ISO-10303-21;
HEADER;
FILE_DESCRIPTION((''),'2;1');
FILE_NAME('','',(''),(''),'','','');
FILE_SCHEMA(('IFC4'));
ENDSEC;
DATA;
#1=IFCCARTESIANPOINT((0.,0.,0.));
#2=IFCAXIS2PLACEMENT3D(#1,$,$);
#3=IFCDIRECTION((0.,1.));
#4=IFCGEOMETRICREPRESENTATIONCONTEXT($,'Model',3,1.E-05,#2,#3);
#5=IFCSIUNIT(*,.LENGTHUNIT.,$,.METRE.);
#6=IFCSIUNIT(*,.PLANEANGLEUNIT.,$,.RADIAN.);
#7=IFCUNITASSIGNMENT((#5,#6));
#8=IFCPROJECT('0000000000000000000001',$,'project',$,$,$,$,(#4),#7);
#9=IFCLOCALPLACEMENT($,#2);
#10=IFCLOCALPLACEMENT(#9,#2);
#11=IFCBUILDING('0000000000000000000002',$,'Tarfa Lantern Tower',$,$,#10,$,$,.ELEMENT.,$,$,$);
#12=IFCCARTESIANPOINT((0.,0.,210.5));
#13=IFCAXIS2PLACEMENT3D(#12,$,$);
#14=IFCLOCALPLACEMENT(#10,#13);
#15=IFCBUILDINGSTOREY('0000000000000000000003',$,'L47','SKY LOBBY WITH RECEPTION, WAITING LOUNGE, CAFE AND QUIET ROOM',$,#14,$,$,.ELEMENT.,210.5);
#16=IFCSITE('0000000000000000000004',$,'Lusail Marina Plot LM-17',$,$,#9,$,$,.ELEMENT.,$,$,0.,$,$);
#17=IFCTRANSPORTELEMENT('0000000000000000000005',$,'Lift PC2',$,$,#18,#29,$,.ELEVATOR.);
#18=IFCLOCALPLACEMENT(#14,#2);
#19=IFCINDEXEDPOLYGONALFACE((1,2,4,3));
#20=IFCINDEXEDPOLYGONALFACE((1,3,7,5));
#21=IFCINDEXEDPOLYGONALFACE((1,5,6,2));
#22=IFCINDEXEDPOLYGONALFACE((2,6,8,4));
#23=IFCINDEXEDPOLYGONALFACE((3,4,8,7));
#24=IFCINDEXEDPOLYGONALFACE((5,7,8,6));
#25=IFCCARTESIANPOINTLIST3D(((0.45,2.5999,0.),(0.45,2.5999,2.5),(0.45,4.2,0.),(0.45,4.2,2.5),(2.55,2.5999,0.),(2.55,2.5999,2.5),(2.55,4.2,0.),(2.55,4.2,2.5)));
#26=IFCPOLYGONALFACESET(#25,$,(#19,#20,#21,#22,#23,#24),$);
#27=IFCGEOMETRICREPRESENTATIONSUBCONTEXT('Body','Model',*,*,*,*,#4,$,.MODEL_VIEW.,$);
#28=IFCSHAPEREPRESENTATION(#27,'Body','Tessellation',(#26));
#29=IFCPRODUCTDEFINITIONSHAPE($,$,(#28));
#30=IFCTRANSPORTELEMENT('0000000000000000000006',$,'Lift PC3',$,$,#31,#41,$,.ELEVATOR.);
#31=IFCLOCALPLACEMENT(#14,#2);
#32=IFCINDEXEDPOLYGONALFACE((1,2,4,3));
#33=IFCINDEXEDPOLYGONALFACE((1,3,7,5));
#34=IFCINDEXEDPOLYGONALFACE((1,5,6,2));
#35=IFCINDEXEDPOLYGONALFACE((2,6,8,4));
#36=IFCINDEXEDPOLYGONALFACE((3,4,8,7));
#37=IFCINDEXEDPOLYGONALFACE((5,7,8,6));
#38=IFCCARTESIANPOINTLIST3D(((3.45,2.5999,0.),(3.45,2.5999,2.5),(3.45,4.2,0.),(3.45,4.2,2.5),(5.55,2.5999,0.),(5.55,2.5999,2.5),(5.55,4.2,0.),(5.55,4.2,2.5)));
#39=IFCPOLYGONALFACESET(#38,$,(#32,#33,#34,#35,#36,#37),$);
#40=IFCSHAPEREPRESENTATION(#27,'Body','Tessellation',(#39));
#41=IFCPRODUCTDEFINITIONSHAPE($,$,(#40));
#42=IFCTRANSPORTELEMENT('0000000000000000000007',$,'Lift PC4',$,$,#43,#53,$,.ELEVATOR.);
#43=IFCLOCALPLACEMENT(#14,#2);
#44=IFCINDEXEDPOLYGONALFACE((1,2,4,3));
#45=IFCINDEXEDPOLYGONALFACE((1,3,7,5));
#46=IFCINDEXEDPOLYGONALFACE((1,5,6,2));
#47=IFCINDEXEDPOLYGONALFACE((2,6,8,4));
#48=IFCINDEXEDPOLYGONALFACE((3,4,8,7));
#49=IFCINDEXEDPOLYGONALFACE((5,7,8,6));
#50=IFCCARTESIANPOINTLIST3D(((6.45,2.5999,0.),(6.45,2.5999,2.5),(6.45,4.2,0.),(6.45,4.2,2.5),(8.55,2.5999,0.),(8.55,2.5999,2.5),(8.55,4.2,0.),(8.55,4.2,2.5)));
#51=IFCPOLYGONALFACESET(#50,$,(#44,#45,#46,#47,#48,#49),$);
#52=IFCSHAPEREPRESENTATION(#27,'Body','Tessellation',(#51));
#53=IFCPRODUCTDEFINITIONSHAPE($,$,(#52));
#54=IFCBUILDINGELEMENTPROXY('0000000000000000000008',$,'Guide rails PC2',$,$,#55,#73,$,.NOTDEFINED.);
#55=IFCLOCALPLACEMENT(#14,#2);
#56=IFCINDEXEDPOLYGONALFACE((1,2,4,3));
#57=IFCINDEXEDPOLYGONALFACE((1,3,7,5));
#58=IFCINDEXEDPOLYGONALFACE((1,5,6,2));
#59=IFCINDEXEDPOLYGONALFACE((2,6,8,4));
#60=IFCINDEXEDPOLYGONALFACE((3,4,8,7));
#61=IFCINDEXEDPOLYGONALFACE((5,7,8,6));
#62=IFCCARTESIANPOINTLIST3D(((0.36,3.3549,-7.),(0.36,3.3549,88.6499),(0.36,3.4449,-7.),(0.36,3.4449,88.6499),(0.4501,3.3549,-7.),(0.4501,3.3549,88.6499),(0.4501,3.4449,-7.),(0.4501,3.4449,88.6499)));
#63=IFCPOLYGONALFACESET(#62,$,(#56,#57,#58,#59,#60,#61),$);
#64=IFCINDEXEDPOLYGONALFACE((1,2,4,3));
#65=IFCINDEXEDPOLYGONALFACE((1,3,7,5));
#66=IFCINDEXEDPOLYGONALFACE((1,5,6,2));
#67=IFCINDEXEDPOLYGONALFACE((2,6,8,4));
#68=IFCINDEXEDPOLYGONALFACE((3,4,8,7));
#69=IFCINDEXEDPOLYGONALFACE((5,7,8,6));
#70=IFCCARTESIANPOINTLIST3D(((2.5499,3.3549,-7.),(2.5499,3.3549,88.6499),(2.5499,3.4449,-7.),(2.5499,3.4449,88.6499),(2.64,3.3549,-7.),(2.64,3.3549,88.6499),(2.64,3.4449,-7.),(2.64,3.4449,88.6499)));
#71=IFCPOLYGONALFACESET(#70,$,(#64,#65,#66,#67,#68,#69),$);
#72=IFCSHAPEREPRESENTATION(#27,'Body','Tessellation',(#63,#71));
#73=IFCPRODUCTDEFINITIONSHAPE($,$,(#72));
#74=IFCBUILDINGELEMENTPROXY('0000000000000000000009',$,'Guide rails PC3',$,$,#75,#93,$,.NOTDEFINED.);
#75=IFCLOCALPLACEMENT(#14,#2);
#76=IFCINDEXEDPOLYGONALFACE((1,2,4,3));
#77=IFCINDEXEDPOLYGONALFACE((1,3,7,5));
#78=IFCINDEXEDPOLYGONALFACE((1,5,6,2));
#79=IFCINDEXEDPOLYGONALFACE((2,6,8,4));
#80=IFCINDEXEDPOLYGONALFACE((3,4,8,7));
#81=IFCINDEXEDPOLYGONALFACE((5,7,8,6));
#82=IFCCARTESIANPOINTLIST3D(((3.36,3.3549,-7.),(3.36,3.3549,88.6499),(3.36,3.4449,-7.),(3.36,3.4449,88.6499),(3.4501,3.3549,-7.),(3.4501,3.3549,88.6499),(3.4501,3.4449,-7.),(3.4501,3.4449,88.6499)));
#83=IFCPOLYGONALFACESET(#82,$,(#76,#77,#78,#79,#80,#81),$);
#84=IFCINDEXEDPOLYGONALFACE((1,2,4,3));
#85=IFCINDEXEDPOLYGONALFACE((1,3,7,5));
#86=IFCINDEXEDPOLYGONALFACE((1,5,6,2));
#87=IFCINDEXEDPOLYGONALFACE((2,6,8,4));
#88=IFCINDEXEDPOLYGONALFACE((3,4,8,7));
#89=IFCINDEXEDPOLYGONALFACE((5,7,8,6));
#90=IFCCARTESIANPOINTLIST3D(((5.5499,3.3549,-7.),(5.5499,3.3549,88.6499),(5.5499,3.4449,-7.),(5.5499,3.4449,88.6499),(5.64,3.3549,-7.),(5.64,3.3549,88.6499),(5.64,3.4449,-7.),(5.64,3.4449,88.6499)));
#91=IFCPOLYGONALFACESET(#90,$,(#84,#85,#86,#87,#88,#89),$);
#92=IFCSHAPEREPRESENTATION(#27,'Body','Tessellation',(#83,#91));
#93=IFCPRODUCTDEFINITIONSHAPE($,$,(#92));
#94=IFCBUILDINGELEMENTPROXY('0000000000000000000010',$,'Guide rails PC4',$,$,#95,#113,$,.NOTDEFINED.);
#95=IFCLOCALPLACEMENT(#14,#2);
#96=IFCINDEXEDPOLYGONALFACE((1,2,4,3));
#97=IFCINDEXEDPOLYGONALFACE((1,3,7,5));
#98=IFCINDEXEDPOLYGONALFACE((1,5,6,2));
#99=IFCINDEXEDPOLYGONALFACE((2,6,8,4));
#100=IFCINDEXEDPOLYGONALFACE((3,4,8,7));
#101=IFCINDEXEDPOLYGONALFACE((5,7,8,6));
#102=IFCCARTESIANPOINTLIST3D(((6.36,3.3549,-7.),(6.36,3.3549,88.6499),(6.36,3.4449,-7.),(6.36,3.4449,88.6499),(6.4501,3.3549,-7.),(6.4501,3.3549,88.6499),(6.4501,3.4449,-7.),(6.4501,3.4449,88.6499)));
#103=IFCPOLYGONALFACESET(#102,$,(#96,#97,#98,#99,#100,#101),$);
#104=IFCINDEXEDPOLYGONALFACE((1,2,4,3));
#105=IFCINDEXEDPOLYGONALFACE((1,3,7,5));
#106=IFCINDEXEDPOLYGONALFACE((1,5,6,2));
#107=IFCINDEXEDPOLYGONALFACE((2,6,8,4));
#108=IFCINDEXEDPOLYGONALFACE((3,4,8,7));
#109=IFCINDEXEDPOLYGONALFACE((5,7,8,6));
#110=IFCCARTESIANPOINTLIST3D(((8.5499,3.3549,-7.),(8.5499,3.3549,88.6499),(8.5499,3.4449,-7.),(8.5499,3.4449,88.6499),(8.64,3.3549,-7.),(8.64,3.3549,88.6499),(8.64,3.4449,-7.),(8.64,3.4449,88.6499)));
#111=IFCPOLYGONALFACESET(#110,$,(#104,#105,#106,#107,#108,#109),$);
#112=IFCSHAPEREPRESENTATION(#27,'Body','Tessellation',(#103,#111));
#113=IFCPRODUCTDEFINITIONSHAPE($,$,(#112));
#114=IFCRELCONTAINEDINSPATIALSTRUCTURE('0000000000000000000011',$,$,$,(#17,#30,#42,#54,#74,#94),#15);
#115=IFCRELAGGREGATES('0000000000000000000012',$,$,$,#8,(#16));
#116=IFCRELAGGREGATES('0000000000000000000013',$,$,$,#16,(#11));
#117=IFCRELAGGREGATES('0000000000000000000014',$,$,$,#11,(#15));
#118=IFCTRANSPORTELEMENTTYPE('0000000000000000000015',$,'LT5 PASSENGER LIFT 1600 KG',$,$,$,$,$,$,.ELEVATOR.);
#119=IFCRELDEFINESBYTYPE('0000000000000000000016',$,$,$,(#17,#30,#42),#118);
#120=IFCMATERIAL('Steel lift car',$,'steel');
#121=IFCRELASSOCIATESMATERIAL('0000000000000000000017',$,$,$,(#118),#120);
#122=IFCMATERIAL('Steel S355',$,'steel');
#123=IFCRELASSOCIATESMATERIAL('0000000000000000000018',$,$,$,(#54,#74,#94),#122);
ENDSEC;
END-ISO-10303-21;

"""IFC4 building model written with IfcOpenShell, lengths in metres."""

from ifc_helpers import new_model, si_unit, direction, frame, frame_2d, origin, origin_2d, place, context, subcontext, project, spatial, rectangle, extrude, material, type_object, element, save


model = new_model("IFC4")

# Units and contexts
model_context = context("Model", 3, precision=1e-05, world=origin(), true_north=direction((0.0, 1.0)))
body_context = subcontext(model_context, "Body", "Model", "MODEL_VIEW")
ifc_project = project(units=[si_unit("LENGTHUNIT", "METRE"), si_unit("PLANEANGLEUNIT", "RADIAN")], contexts=[model_context])

# Site, building, storey
site_placement = place(None, origin())
site = spatial("IfcSite", under=ifc_project, at=site_placement, Name="Lusail Marina Plot LM-17", CompositionType="ELEMENT", RefElevation=0.0)
building_placement = place(site_placement, origin())
building = spatial("IfcBuilding", under=site, at=building_placement, Name="Tarfa Lantern Tower", CompositionType="ELEMENT")
storey_placement = place(building_placement, frame((0.0, 0.0, 210.5)))
storey = spatial("IfcBuildingStorey", under=building, at=storey_placement, Name="L47", Description="SKY LOBBY WITH RECEPTION, WAITING LOUNGE, CAFE AND QUIET ROOM", CompositionType="ELEMENT", Elevation=210.5)

# Transport elements
ifc_material_1 = material(Name="Steel lift car", Category="steel")
transport_element_type = type_object("IfcTransportElementType", Name="LT5 PASSENGER LIFT 1600 KG", PredefinedType="ELEVATOR", material=ifc_material_1)
for number, where, z_axis, x_axis, name in (
    (1, (1.5, 3.3999, 0.0), (0.0, 0.0, 1.0), (1.0, 0.0, 0.0), "Lift PC2"),
    (2, (4.5, 3.3999, 0.0), (0.0, 0.0, 1.0), (1.0, 0.0, 0.0), "Lift PC3"),
    (3, (7.5, 3.3999, 0.0), (0.0, 0.0, 1.0), (1.0, 0.0, 0.0), "Lift PC4"),
):
    element("IfcTransportElement", number, at=place(storey_placement, frame(where, z_axis=z_axis, x_axis=x_axis)), inside=storey, type_object=transport_element_type, Name=name, PredefinedType="ELEVATOR", context=body_context, shape_type="SweptSolid", body=[
        extrude(rectangle(XDim=2.1001, YDim=1.6001, at=origin_2d()), origin(), (0.0, 0.0, 1.0), 2.5),
    ])

# Building element proxies
ifc_material_2 = material(Name="Steel S355", Category="steel")
for number, where, z_axis, x_axis, name in (
    (4, (0.405, 3.3999, -7.0), (0.0, 0.0, 1.0), (1.0, 0.0, 0.0), "Guide rails PC2"),
    (5, (3.405, 3.3999, -7.0), (0.0, 0.0, 1.0), (1.0, 0.0, 0.0), "Guide rails PC3"),
    (6, (6.405, 3.3999, -7.0), (0.0, 0.0, 1.0), (1.0, 0.0, 0.0), "Guide rails PC4"),
):
    element("IfcBuildingElementProxy", number, at=place(storey_placement, frame(where, z_axis=z_axis, x_axis=x_axis)), inside=storey, material=ifc_material_2, Name=name, PredefinedType="NOTDEFINED", context=body_context, shape_type="SweptSolid", body=[
        extrude(rectangle(XDim=0.0901, YDim=0.0901, at=origin_2d()), origin(), (0.0, 0.0, 1.0), 95.6499),
        extrude(rectangle(XDim=0.0901, YDim=0.0901, at=frame_2d((2.1899, 0.0))), origin(), (0.0, 0.0, 1.0), 95.6499),
    ])

save(model, "model.ifc")
